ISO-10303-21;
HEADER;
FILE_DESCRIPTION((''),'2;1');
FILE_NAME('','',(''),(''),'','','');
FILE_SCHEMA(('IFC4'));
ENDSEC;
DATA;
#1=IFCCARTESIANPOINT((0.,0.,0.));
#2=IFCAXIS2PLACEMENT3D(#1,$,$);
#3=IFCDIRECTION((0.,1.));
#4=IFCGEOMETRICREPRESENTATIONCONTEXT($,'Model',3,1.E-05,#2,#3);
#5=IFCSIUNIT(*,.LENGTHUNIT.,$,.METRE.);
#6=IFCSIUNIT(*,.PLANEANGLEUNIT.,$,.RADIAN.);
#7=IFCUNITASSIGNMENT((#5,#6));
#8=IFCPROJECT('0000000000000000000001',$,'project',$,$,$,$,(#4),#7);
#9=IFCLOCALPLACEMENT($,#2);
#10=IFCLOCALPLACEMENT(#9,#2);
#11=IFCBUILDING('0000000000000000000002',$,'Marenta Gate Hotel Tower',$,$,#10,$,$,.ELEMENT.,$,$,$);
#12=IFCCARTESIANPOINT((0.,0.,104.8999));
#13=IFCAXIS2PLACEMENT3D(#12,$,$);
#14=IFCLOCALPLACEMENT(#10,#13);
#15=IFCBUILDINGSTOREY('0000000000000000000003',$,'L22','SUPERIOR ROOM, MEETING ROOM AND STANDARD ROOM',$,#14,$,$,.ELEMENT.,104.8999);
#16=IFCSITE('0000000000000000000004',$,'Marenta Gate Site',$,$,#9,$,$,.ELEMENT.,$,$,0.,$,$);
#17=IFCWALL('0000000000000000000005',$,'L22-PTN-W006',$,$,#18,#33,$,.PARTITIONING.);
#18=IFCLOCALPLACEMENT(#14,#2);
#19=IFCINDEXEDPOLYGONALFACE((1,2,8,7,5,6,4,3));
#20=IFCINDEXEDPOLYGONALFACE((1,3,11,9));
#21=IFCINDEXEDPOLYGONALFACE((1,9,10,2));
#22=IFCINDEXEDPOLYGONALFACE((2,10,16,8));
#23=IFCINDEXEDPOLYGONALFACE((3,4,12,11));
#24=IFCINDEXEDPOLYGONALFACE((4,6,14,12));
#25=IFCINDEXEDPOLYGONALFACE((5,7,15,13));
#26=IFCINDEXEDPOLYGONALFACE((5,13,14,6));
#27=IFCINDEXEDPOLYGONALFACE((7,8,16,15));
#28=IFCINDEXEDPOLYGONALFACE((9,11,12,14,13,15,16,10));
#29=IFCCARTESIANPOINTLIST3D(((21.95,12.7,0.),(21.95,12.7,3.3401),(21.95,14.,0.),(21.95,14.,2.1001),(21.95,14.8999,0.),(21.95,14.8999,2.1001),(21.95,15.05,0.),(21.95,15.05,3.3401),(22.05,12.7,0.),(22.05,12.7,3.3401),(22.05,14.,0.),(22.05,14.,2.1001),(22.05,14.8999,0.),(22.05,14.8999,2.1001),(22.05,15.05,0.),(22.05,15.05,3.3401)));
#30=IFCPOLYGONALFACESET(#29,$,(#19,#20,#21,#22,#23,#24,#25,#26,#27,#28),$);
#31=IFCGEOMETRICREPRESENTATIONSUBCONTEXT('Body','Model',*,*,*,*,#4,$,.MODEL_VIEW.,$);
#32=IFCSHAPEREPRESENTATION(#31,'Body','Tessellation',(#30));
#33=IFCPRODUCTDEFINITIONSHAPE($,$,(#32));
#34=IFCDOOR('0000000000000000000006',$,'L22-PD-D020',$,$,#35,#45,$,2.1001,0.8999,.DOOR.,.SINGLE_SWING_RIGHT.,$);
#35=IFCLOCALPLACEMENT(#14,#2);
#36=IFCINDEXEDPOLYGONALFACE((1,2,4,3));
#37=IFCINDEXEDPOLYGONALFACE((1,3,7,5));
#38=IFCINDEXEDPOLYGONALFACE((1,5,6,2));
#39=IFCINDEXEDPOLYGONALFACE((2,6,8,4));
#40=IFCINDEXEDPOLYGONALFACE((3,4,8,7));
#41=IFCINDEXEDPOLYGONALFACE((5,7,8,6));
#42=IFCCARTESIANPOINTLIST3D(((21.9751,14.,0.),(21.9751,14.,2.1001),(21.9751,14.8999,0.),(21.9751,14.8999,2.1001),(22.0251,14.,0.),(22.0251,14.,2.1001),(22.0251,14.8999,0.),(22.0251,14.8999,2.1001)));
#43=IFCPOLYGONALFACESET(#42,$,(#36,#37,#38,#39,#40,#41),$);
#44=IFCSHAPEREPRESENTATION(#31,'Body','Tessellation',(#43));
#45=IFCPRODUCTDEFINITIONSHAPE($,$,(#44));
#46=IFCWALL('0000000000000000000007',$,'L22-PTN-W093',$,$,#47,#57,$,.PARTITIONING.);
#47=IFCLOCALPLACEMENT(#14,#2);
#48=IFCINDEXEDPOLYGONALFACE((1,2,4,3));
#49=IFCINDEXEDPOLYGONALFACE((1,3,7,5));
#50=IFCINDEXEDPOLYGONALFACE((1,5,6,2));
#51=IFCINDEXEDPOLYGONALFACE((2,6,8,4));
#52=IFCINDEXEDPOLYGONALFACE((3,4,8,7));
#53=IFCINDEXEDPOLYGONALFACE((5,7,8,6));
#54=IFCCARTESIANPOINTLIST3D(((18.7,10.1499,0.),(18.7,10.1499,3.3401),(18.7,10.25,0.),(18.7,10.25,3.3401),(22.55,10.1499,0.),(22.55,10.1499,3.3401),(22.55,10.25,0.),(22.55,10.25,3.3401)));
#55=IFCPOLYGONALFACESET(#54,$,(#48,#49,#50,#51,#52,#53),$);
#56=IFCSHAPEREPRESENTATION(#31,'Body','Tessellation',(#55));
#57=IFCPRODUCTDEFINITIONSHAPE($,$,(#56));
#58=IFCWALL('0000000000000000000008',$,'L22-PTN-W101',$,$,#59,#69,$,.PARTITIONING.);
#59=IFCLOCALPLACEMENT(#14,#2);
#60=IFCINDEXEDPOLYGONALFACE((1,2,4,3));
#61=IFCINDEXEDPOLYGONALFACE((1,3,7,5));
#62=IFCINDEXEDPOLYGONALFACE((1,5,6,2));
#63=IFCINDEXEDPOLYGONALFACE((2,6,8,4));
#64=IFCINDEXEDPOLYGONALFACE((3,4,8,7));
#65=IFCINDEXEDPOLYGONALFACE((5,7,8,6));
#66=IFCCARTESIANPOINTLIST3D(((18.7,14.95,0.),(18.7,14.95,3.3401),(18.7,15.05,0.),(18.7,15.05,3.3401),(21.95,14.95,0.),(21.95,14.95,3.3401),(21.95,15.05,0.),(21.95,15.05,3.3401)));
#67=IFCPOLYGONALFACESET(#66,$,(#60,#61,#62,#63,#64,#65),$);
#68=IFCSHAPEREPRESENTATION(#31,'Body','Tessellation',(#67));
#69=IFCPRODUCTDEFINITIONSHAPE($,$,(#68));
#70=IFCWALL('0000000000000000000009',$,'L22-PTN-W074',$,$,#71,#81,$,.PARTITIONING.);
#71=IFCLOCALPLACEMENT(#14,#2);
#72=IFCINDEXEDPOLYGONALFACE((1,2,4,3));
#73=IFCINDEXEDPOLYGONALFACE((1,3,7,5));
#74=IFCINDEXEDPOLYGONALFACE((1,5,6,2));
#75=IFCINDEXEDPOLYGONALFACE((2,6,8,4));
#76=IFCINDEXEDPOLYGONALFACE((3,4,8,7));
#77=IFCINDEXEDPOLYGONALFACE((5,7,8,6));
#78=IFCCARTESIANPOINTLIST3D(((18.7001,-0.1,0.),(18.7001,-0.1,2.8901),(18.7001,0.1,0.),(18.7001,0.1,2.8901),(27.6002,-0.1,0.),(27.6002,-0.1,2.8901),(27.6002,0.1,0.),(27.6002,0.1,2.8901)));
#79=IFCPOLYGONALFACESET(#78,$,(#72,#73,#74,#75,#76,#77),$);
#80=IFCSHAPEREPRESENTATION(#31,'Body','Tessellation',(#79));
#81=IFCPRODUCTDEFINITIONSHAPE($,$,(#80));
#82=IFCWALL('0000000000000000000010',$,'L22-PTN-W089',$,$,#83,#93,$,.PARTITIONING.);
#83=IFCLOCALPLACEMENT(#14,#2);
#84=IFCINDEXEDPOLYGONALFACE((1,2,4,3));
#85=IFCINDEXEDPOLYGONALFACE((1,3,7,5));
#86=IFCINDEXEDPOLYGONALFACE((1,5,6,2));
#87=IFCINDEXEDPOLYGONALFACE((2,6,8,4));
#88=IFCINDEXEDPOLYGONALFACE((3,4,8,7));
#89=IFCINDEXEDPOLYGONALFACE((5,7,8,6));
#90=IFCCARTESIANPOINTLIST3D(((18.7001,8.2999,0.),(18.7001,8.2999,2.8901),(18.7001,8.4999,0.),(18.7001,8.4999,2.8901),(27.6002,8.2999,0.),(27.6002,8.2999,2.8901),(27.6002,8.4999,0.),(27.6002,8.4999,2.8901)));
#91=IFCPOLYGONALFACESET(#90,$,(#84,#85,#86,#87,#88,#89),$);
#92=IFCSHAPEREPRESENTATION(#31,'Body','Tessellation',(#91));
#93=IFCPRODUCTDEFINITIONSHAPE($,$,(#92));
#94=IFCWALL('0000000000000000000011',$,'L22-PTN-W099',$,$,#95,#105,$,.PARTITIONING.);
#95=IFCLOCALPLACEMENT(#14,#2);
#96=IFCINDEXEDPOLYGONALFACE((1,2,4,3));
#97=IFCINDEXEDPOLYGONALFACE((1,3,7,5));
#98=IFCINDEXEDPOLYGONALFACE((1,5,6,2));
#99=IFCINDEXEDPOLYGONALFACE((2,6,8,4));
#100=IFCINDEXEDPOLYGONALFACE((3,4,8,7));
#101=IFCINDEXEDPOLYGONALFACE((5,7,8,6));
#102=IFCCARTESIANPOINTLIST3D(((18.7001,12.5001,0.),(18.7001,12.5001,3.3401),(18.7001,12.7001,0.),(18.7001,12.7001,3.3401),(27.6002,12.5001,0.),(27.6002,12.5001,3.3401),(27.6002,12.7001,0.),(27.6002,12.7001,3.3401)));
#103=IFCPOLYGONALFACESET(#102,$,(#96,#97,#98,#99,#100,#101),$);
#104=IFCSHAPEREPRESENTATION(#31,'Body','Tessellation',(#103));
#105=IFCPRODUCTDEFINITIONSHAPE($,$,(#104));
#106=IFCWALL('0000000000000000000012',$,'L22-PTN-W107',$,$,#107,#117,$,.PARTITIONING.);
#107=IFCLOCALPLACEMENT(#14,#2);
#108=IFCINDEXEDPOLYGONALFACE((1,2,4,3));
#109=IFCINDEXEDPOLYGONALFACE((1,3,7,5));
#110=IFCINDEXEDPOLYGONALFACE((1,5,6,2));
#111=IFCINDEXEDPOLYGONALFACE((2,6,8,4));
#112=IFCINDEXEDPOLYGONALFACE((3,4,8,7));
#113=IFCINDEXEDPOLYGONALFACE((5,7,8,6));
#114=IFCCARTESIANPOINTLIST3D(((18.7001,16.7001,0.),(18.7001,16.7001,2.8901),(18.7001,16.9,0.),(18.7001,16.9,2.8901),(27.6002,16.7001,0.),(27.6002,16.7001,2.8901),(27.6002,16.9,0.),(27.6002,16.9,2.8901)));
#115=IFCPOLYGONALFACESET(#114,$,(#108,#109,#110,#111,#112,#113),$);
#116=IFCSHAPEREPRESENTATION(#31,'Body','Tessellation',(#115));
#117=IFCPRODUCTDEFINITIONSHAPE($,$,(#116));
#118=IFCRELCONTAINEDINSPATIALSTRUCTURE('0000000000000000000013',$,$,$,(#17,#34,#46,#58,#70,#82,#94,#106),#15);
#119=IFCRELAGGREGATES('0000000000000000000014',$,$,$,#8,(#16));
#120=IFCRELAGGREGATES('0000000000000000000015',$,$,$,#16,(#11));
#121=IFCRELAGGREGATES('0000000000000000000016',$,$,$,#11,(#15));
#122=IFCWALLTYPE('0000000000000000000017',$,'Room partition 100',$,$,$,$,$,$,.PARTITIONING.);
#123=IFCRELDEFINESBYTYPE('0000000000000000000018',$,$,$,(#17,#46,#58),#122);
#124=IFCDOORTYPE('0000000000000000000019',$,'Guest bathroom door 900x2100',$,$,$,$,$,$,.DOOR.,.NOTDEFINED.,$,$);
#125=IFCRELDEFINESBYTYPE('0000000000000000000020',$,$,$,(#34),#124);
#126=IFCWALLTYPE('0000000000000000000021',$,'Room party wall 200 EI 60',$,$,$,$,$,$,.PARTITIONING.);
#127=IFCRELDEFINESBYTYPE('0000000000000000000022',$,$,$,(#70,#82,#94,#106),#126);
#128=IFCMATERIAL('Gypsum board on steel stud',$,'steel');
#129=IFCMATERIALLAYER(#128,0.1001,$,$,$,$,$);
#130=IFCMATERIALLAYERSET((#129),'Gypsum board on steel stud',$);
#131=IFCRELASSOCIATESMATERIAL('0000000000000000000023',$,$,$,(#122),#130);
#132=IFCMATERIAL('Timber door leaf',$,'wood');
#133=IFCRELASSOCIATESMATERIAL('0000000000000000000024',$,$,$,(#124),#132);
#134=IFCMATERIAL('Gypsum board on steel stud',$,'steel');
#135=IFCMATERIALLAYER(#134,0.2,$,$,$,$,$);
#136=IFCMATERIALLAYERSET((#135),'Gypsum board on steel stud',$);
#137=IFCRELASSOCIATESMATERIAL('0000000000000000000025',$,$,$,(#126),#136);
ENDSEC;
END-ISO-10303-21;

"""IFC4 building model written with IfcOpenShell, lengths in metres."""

from ifc_helpers import new_model, si_unit, direction, frame, frame_2d, origin, place, context, subcontext, project, spatial, rectangle, extrude, material, layer, layer_set, type_object, element, fill, save


model = new_model("IFC4")

# Units and contexts
model_context = context("Model", 3, precision=1e-05, world=origin(), true_north=direction((0.0, 1.0)))
body_context = subcontext(model_context, "Body", "Model", "MODEL_VIEW")
ifc_project = project(units=[si_unit("LENGTHUNIT", "METRE"), si_unit("PLANEANGLEUNIT", "RADIAN")], contexts=[model_context])

# Site, building, storey
site_placement = place(None, origin())
site = spatial("IfcSite", under=ifc_project, at=site_placement, Name="Marenta Gate Site", CompositionType="ELEMENT", RefElevation=0.0)
building_placement = place(site_placement, origin())
building = spatial("IfcBuilding", under=site, at=building_placement, Name="Marenta Gate Hotel Tower", CompositionType="ELEMENT")
storey_placement = place(building_placement, frame((0.0, 0.0, 104.8999)))
storey = spatial("IfcBuildingStorey", under=building, at=storey_placement, Name="L22", Description="SUPERIOR ROOM, MEETING ROOM AND STANDARD ROOM", CompositionType="ELEMENT", Elevation=104.8999)

# Wall, opening, door
ifc_material_1 = material(Name="Gypsum board on steel stud", Category="steel")
ifc_layer_1 = layer(ifc_material_1, 0.1001)
ifc_layer_set_1 = layer_set([ifc_layer_1], Name="Gypsum board on steel stud")
wall_type_1 = type_object("IfcWallType", Name="Room partition 100", PredefinedType="PARTITIONING", material=ifc_layer_set_1)
ifc_material_2 = material(Name="Timber door leaf", Category="wood")
door_type = type_object("IfcDoorType", Name="Guest bathroom door 900x2100", OperationType="NOTDEFINED", PredefinedType="DOOR", material=ifc_material_2)
wall_1_placement = place(storey_placement, frame((22.0, 12.7, 0.0), z_axis=(0.0, 0.0, 1.0), x_axis=(0.0, 1.0, 0.0)))
wall_1 = element("IfcWall", 1, at=wall_1_placement, inside=storey, type_object=wall_type_1, Name="L22-PTN-W006", PredefinedType="PARTITIONING", context=body_context, shape_type="SweptSolid", body=[
    extrude(rectangle(XDim=2.3501, YDim=0.1001, at=frame_2d((1.175, 0.0))), origin(), (0.0, 0.0, 1.0), 3.3401),
])
opening_1_placement = place(wall_1_placement, frame((1.3, 0.0, 0.0)))
opening_1 = element("IfcOpeningElement", 2, at=opening_1_placement, cuts=wall_1, PredefinedType="OPENING", context=body_context, shape_type="SweptSolid", body=[
    extrude(rectangle(XDim=0.8999, YDim=2.1001, at=frame_2d((0.45, 1.05))), frame((0.0, 0.05, 0.0), z_axis=(0.0, -1.0, 0.0), x_axis=(1.0, 0.0, 0.0)), (0.0, 0.0, 1.0), 0.1001),
])
door_1_placement = place(opening_1_placement, origin())
door_1 = element("IfcDoor", 3, at=door_1_placement, inside=storey, type_object=door_type, Name="L22-PD-D020", OperationType="SINGLE_SWING_RIGHT", OverallHeight=2.1001, OverallWidth=0.8999, PredefinedType="DOOR", context=body_context, shape_type="SweptSolid", body=[
    extrude(rectangle(XDim=0.8999, YDim=2.1001, at=frame_2d((0.45, 1.05))), frame((0.0, 0.0249, 0.0), z_axis=(0.0, -1.0, 0.0), x_axis=(1.0, 0.0, 0.0)), (0.0, 0.0, 1.0), 0.05),
])
fill(opening_1, door_1)

# Walls
wall_2_placement = place(storey_placement, frame((18.7, 10.2, 0.0), z_axis=(0.0, 0.0, 1.0), x_axis=(1.0, 0.0, 0.0)))
element("IfcWall", 4, at=wall_2_placement, inside=storey, type_object=wall_type_1, Name="L22-PTN-W093", PredefinedType="PARTITIONING", context=body_context, shape_type="SweptSolid", body=[
    extrude(rectangle(XDim=3.8501, YDim=0.1001, at=frame_2d((1.925, 0.0))), origin(), (0.0, 0.0, 1.0), 3.3401),
])
wall_3_placement = place(storey_placement, frame((18.7, 15.0, 0.0), z_axis=(0.0, 0.0, 1.0), x_axis=(1.0, 0.0, 0.0)))
element("IfcWall", 5, at=wall_3_placement, inside=storey, type_object=wall_type_1, Name="L22-PTN-W101", PredefinedType="PARTITIONING", context=body_context, shape_type="SweptSolid", body=[
    extrude(rectangle(XDim=3.25, YDim=0.1001, at=frame_2d((1.625, 0.0))), origin(), (0.0, 0.0, 1.0), 3.3401),
])
ifc_material_3 = material(Name="Gypsum board on steel stud", Category="steel")
ifc_layer_2 = layer(ifc_material_3, 0.2)
ifc_layer_set_2 = layer_set([ifc_layer_2], Name="Gypsum board on steel stud")
wall_type_2 = type_object("IfcWallType", Name="Room party wall 200 EI 60", PredefinedType="PARTITIONING", material=ifc_layer_set_2)
for number, where, z_axis, x_axis, name in (
    (6, (18.7, 0.0, 0.0), (0.0, 0.0, 1.0), (1.0, 0.0, 0.0), "L22-PTN-W074"),
    (7, (18.7, 8.3999, 0.0), (0.0, 0.0, 1.0), (1.0, 0.0, 0.0), "L22-PTN-W089"),
):
    element("IfcWall", number, at=place(storey_placement, frame(where, z_axis=z_axis, x_axis=x_axis)), inside=storey, type_object=wall_type_2, Name=name, PredefinedType="PARTITIONING", context=body_context, shape_type="SweptSolid", body=[
        extrude(rectangle(XDim=8.9001, YDim=0.2, at=frame_2d((4.4502, 0.0))), origin(), (0.0, 0.0, 1.0), 2.8901),
    ])
wall_4_placement = place(storey_placement, frame((18.7, 12.6001, 0.0), z_axis=(0.0, 0.0, 1.0), x_axis=(1.0, 0.0, 0.0)))
element("IfcWall", 8, at=wall_4_placement, inside=storey, type_object=wall_type_2, Name="L22-PTN-W099", PredefinedType="PARTITIONING", context=body_context, shape_type="SweptSolid", body=[
    extrude(rectangle(XDim=8.9001, YDim=0.2, at=frame_2d((4.4502, 0.0))), origin(), (0.0, 0.0, 1.0), 3.3401),
])
wall_5_placement = place(storey_placement, frame((18.7, 16.8, 0.0), z_axis=(0.0, 0.0, 1.0), x_axis=(1.0, 0.0, 0.0)))
element("IfcWall", 9, at=wall_5_placement, inside=storey, type_object=wall_type_2, Name="L22-PTN-W107", PredefinedType="PARTITIONING", context=body_context, shape_type="SweptSolid", body=[
    extrude(rectangle(XDim=8.9001, YDim=0.2, at=frame_2d((4.4502, 0.0))), origin(), (0.0, 0.0, 1.0), 2.8901),
])

save(model, "model.ifc")
